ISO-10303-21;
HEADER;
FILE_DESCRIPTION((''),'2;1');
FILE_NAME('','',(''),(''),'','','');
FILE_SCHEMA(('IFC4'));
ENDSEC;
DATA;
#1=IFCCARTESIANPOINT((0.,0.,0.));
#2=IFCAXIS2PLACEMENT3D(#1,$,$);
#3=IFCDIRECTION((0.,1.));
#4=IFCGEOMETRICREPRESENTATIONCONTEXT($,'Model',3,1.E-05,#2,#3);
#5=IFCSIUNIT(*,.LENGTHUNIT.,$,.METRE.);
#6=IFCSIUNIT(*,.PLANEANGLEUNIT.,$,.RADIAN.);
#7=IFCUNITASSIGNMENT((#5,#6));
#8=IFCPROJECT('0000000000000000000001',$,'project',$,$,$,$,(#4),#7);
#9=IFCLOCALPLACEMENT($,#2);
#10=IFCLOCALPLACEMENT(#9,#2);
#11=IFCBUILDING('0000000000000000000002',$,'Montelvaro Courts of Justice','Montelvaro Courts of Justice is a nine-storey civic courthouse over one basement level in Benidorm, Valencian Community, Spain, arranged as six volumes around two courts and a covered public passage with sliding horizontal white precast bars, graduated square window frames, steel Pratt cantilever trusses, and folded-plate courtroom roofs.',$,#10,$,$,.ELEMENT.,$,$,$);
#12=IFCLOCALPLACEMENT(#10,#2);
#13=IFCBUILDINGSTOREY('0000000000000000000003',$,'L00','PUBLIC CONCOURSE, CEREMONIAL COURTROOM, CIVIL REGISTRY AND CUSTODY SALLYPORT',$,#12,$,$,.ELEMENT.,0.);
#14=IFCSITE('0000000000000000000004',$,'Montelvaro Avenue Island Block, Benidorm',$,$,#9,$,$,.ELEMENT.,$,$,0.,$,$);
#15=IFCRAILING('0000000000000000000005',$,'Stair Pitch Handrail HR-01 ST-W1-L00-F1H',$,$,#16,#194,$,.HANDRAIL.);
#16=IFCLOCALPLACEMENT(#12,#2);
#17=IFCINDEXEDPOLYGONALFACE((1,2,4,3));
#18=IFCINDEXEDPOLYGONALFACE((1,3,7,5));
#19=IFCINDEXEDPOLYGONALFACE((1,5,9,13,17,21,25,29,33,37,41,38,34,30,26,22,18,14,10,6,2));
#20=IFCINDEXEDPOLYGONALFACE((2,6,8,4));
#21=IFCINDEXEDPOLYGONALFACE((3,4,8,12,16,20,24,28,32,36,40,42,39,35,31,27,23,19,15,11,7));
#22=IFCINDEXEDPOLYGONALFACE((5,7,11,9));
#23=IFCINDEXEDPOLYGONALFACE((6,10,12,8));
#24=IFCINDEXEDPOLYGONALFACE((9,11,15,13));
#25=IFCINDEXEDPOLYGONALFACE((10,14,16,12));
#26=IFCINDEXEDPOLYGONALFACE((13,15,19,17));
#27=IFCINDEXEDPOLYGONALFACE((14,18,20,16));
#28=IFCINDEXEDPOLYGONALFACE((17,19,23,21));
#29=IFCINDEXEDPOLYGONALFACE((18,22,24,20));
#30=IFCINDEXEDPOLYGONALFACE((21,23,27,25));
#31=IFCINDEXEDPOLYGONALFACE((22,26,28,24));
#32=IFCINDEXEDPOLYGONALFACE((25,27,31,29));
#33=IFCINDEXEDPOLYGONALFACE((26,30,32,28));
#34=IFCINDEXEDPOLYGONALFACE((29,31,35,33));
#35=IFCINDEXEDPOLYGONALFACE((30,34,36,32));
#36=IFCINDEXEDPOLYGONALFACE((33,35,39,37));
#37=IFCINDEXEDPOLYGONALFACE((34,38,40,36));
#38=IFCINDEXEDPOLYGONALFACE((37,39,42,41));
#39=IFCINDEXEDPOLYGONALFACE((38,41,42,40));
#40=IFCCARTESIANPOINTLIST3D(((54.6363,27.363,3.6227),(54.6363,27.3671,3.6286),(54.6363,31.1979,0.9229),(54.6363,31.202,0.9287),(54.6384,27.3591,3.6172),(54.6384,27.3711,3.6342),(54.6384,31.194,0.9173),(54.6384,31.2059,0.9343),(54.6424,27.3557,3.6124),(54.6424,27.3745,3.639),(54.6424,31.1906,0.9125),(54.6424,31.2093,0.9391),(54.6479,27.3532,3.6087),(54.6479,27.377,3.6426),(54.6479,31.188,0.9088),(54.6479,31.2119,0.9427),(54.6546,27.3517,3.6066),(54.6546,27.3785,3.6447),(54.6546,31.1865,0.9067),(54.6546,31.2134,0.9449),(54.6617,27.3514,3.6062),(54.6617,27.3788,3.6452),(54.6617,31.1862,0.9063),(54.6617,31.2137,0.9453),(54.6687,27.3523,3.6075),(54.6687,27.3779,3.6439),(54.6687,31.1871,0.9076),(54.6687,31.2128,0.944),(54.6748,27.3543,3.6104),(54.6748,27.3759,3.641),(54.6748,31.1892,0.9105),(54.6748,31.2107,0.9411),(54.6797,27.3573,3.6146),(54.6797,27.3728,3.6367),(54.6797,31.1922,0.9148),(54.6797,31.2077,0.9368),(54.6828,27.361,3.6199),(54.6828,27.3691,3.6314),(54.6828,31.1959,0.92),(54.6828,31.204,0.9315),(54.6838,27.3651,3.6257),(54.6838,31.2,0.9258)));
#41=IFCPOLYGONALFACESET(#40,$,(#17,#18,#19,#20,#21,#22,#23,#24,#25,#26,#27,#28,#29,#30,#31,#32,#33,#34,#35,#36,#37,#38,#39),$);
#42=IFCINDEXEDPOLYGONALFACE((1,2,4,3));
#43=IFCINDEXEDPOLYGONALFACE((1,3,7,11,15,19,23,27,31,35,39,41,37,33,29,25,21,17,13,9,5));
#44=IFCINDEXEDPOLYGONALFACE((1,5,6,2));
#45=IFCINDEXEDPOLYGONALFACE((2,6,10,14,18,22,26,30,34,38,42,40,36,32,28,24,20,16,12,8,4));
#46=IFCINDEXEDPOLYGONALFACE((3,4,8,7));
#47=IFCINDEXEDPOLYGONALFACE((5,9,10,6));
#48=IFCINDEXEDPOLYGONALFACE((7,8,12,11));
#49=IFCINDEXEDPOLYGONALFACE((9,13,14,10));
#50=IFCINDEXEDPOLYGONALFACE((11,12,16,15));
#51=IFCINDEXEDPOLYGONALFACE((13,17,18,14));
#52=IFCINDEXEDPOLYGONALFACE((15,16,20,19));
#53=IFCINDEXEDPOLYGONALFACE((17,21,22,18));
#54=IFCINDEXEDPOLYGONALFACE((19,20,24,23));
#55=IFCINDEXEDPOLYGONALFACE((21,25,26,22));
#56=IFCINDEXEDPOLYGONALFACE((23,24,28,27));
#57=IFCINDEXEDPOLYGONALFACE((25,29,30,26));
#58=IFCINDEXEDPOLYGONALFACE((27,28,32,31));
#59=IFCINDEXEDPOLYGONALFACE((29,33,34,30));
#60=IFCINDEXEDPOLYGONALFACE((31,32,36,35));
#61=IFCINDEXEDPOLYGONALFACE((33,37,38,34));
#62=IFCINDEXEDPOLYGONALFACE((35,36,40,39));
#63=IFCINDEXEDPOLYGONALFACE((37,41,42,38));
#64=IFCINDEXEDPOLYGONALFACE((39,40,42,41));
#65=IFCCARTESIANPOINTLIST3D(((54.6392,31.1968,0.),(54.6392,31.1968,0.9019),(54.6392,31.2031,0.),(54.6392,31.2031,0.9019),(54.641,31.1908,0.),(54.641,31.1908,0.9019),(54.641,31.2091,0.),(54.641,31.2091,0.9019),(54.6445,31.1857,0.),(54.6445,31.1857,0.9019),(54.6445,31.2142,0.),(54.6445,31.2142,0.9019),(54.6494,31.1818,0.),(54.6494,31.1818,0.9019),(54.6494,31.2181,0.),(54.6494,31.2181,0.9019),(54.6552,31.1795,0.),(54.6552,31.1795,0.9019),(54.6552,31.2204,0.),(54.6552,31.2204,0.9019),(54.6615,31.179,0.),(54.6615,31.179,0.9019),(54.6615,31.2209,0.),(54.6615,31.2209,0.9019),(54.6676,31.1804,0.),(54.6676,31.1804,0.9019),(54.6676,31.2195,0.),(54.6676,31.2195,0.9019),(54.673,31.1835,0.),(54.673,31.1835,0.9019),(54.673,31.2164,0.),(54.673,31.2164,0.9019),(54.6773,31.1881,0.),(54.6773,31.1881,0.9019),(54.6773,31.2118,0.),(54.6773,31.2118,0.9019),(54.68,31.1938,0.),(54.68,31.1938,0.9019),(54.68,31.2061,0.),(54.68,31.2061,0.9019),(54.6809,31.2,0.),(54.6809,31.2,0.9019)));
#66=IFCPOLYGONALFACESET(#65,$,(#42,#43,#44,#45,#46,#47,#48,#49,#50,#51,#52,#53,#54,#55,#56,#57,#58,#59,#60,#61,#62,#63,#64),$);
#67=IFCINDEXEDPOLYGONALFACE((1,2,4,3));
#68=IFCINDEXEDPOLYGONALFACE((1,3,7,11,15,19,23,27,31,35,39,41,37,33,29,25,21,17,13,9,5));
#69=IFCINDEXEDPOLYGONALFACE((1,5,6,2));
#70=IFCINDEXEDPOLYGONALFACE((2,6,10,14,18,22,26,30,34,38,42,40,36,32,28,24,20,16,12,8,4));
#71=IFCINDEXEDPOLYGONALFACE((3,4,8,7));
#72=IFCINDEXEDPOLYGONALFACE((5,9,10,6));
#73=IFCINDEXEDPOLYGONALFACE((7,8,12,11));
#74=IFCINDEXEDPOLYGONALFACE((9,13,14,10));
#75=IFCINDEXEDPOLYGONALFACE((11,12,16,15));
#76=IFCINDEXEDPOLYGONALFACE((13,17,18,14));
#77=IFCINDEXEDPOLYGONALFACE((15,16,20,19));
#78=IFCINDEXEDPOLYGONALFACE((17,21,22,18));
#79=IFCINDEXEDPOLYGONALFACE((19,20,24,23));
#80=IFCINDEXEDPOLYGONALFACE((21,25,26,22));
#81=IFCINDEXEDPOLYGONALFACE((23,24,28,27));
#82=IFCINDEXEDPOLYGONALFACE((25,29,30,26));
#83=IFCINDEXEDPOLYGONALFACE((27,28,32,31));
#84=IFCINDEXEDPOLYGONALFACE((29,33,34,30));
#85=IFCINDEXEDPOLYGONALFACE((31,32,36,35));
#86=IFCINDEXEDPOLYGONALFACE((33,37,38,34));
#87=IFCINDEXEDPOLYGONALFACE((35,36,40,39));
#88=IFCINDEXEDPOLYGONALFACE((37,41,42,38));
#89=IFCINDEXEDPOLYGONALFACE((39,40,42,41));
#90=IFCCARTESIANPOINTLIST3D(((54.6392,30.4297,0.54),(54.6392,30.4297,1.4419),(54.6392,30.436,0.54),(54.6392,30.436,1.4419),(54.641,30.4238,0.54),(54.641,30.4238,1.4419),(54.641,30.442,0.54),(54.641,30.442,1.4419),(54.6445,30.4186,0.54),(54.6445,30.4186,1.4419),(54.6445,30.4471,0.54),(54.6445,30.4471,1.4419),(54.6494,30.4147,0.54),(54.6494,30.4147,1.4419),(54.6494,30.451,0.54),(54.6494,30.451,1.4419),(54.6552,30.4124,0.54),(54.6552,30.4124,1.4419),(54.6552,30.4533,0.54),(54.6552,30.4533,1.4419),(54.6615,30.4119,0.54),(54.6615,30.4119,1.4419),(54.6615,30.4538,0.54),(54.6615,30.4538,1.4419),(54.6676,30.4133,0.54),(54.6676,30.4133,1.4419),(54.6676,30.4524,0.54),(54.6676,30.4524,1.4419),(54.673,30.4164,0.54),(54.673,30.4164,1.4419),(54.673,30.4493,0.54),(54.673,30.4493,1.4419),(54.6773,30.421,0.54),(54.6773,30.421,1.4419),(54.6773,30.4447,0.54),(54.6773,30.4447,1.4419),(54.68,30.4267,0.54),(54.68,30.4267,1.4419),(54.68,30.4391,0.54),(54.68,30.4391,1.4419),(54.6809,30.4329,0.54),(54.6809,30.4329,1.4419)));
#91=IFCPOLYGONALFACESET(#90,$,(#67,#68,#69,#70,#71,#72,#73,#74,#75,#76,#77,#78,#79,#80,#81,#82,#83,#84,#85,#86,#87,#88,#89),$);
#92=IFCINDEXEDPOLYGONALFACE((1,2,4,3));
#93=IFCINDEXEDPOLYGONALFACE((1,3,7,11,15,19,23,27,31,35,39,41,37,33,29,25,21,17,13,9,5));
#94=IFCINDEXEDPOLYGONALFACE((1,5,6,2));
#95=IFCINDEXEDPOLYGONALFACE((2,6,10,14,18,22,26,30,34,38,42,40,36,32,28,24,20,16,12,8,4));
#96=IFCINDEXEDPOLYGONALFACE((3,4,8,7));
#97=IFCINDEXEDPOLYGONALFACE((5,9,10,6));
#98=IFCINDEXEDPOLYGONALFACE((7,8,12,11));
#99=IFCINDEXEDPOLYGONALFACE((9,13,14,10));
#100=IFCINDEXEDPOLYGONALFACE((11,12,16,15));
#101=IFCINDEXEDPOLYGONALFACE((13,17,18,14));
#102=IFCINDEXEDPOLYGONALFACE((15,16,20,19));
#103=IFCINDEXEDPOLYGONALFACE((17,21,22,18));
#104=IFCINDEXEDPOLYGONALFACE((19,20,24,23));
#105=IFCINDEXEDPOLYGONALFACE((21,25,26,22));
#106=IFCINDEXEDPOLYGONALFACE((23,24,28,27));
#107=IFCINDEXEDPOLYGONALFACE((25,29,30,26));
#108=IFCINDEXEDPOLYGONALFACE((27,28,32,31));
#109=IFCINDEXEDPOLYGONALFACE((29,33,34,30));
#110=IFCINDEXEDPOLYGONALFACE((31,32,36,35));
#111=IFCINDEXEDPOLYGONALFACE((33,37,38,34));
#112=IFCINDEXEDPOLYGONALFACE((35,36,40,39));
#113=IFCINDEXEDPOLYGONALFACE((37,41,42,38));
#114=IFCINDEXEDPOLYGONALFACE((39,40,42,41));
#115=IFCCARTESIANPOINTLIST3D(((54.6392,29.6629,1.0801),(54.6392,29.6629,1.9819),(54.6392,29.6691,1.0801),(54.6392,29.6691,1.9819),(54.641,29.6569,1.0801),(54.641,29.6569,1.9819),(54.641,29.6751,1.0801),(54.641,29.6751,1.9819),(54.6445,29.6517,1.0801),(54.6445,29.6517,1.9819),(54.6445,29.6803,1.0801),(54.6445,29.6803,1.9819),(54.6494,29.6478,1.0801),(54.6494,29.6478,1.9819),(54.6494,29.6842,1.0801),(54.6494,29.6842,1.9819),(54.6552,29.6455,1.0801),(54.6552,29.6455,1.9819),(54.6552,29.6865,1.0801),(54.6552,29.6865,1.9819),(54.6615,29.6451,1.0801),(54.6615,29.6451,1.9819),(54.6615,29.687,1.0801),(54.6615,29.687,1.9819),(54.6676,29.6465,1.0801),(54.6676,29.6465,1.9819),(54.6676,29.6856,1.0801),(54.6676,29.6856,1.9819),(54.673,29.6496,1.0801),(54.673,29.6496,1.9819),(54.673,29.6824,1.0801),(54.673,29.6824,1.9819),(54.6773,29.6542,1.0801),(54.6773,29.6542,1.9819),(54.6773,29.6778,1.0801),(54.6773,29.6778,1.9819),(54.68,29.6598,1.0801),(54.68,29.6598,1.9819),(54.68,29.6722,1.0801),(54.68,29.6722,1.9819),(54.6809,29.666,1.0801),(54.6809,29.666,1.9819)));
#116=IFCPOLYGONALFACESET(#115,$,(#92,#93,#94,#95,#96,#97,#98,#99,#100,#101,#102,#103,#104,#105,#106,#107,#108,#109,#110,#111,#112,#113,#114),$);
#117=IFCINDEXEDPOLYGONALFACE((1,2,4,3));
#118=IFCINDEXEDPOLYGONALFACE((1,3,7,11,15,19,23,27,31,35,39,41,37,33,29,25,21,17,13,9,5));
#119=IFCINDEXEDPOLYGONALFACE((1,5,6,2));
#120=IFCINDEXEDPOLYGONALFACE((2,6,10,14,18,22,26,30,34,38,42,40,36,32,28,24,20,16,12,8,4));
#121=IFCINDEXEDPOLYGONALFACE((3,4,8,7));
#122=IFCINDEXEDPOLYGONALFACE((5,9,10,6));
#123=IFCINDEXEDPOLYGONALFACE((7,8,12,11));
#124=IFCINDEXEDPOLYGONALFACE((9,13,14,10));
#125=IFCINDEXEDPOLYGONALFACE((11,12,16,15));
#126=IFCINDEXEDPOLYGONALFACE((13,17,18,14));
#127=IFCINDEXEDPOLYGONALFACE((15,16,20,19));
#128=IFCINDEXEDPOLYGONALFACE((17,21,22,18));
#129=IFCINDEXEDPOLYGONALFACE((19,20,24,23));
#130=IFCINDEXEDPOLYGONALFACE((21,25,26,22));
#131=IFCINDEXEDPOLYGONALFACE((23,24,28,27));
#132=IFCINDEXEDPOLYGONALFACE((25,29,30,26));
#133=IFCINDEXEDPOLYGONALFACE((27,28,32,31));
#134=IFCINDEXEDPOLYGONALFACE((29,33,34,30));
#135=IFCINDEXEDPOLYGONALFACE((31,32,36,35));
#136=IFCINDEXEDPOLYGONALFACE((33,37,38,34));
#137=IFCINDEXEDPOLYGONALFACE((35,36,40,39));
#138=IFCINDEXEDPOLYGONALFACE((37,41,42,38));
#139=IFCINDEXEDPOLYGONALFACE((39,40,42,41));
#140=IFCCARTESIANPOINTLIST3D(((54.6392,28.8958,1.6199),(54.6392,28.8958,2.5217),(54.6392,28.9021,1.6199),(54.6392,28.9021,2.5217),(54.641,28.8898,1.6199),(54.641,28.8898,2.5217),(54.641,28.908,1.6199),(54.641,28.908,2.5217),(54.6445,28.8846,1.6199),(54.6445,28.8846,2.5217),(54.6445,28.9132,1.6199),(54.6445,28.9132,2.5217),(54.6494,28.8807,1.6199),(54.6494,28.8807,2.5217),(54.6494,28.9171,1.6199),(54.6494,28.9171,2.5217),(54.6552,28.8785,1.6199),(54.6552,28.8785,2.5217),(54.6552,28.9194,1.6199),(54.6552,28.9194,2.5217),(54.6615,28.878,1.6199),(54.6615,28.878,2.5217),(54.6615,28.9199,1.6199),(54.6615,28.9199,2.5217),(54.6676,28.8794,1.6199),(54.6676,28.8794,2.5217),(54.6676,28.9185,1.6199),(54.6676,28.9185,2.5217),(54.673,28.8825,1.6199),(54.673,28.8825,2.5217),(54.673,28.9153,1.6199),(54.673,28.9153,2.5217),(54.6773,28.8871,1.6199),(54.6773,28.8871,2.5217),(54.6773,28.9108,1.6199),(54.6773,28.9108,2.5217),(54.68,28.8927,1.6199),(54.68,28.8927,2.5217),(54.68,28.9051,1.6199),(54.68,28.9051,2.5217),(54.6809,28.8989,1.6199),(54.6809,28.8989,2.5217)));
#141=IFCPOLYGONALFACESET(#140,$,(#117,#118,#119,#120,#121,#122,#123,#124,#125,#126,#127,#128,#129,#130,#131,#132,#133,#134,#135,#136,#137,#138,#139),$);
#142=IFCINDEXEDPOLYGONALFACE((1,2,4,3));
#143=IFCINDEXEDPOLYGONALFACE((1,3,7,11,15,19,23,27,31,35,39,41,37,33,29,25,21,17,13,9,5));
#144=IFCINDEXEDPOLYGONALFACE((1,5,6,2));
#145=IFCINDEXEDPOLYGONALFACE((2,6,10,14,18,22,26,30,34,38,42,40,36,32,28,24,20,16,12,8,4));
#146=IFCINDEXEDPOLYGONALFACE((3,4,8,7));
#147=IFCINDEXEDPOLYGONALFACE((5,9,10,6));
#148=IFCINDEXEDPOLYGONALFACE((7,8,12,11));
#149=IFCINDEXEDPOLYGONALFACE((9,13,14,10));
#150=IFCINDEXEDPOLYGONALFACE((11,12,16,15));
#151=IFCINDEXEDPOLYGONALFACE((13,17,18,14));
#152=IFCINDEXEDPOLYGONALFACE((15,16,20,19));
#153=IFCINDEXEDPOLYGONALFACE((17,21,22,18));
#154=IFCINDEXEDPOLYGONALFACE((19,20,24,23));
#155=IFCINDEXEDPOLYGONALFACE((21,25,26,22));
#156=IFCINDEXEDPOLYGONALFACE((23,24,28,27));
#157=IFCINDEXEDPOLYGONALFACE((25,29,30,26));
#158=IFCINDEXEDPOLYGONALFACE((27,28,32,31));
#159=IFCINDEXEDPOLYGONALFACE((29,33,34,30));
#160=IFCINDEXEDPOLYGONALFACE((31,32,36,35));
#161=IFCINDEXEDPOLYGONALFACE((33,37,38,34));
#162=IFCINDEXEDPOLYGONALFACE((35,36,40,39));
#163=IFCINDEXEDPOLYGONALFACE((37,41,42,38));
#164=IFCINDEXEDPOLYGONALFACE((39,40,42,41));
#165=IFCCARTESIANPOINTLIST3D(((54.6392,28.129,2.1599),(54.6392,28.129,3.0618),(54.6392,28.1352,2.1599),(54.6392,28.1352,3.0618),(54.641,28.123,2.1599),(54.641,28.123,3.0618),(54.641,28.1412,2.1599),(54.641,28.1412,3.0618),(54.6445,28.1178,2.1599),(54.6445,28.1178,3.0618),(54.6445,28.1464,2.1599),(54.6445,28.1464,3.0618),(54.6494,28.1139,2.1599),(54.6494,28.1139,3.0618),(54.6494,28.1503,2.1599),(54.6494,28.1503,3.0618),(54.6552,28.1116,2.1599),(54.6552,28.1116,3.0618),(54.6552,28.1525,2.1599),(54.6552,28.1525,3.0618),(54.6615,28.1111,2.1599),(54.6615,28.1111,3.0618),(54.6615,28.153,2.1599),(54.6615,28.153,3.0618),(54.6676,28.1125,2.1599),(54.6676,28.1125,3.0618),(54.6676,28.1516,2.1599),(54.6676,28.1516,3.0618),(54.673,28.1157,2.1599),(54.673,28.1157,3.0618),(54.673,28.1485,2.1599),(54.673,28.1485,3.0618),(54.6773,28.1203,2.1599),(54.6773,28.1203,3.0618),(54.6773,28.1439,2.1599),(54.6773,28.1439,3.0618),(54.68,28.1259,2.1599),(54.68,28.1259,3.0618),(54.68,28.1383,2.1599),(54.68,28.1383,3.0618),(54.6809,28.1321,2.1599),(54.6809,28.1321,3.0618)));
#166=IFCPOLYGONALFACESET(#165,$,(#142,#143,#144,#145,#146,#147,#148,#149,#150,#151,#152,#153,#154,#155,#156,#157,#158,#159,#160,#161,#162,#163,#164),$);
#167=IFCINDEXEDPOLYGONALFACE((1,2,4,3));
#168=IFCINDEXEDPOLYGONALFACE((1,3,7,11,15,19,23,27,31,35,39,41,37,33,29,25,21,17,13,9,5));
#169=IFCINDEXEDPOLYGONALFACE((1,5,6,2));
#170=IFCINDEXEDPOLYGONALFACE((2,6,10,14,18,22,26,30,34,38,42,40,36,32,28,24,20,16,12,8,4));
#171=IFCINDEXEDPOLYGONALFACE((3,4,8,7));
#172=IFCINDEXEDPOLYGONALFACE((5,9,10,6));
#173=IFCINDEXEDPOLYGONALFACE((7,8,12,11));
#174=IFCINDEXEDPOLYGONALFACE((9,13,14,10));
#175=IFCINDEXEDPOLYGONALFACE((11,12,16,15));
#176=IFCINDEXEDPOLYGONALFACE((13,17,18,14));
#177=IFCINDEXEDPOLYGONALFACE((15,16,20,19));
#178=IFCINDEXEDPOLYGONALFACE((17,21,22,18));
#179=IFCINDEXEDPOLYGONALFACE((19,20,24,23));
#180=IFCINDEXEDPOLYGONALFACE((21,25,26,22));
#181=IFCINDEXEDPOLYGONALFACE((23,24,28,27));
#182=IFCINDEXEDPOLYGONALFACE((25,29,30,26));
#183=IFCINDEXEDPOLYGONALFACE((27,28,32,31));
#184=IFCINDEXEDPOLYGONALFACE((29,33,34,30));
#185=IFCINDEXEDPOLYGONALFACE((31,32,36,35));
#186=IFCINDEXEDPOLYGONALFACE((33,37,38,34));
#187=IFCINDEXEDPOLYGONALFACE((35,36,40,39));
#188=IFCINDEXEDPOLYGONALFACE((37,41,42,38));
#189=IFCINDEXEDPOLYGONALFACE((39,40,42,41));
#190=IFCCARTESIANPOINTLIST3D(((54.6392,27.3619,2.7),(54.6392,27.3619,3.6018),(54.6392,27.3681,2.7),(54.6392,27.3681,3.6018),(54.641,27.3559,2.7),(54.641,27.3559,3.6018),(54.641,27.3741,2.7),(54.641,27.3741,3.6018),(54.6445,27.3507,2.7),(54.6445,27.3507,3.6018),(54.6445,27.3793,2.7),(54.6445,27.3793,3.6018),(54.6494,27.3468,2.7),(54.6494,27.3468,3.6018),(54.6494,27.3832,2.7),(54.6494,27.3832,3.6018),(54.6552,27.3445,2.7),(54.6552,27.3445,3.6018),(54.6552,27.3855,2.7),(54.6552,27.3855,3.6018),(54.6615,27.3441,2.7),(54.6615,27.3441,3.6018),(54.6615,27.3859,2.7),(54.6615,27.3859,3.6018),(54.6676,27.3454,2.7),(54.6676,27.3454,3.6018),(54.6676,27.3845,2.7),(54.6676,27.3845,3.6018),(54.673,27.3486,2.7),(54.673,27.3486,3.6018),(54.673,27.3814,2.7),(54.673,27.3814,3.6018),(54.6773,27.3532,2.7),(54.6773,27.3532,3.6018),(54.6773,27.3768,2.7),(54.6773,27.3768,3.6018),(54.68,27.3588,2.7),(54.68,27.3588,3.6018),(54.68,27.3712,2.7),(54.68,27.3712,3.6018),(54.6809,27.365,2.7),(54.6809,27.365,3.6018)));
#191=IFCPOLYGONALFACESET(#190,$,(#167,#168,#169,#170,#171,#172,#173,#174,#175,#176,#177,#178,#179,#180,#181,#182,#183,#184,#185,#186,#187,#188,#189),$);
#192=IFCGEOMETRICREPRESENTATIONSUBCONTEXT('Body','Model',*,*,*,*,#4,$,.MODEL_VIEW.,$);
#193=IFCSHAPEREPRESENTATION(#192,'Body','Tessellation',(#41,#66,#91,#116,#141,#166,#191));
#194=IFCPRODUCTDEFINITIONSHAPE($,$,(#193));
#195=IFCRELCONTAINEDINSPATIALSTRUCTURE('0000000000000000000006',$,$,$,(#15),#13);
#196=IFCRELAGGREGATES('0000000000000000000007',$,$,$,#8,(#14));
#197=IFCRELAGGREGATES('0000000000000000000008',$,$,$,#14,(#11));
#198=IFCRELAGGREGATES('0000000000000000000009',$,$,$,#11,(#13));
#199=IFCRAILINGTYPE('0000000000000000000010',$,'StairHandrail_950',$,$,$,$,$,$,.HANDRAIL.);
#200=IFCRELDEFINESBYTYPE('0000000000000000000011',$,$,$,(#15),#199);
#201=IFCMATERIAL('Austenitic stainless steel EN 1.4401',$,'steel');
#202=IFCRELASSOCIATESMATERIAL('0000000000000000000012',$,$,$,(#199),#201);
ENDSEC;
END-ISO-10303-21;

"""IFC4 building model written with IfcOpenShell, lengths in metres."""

from ifc_helpers import new_model, si_unit, direction, frame, origin, origin_2d, place, context, subcontext, project, spatial, circle, extrude, material, type_object, element, save


model = new_model("IFC4")

# Units and contexts
model_context = context("Model", 3, precision=1e-05, world=origin(), true_north=direction((0.0, 1.0)))
body_context = subcontext(model_context, "Body", "Model", "MODEL_VIEW")
ifc_project = project(units=[si_unit("LENGTHUNIT", "METRE"), si_unit("PLANEANGLEUNIT", "RADIAN")], contexts=[model_context])

# Site, building, storey
site_placement = place(None, origin())
site = spatial("IfcSite", under=ifc_project, at=site_placement, Name="Montelvaro Avenue Island Block, Benidorm", CompositionType="ELEMENT", RefElevation=0.0)
building_placement = place(site_placement, origin())
building = spatial("IfcBuilding", under=site, at=building_placement, Name="Montelvaro Courts of Justice", Description="Montelvaro Courts of Justice is a nine-storey civic courthouse over one basement level in Benidorm, Valencian Community, Spain, arranged as six volumes around two courts and a covered public passage with sliding horizontal white precast bars, graduated square window frames, steel Pratt cantilever trusses, and folded-plate courtroom roofs.", CompositionType="ELEMENT")
storey_placement = place(building_placement, origin())
storey = spatial("IfcBuildingStorey", under=building, at=storey_placement, Name="L00", Description="PUBLIC CONCOURSE, CEREMONIAL COURTROOM, CIVIL REGISTRY AND CUSTODY SALLYPORT", CompositionType="ELEMENT", Elevation=0.0)

# Railing
ifc_material_1 = material(Name="Austenitic stainless steel EN 1.4401", Category="steel")
railing_type_1 = type_object("IfcRailingType", Name="StairHandrail_950", PredefinedType="HANDRAIL", material=ifc_material_1)
railing_1_placement = place(storey_placement, frame((54.6599, 31.2, 0.0)))
element("IfcRailing", 1, at=railing_1_placement, inside=storey, type_object=railing_type_1, Name="Stair Pitch Handrail HR-01 ST-W1-L00-F1H", PredefinedType="HANDRAIL", context=body_context, shape_type="SweptSolid", body=[
    extrude(circle(Radius=0.0239, at=origin_2d()), frame((0.0, 0.0, 0.9258), z_axis=(0.0, -0.817678, 0.575675), x_axis=(1.0, 0.0, 0.0)), (0.0, 0.0, 1.0), 4.6899),
    extrude(circle(Radius=0.021, at=origin_2d()), origin(), (0.0, 0.0, 1.0), 0.9019),
    extrude(circle(Radius=0.021, at=origin_2d()), frame((0.0, -0.7671, 0.54)), (0.0, 0.0, 1.0), 0.9019),
    extrude(circle(Radius=0.021, at=origin_2d()), frame((0.0, -1.5339, 1.0801)), (0.0, 0.0, 1.0), 0.9019),
    extrude(circle(Radius=0.021, at=origin_2d()), frame((0.0, -2.301, 1.6199)), (0.0, 0.0, 1.0), 0.9019),
    extrude(circle(Radius=0.021, at=origin_2d()), frame((0.0, -3.0679, 2.1599)), (0.0, 0.0, 1.0), 0.9019),
    extrude(circle(Radius=0.021, at=origin_2d()), frame((0.0, -3.835, 2.7)), (0.0, 0.0, 1.0), 0.9019),
])

save(model, "model.ifc")
